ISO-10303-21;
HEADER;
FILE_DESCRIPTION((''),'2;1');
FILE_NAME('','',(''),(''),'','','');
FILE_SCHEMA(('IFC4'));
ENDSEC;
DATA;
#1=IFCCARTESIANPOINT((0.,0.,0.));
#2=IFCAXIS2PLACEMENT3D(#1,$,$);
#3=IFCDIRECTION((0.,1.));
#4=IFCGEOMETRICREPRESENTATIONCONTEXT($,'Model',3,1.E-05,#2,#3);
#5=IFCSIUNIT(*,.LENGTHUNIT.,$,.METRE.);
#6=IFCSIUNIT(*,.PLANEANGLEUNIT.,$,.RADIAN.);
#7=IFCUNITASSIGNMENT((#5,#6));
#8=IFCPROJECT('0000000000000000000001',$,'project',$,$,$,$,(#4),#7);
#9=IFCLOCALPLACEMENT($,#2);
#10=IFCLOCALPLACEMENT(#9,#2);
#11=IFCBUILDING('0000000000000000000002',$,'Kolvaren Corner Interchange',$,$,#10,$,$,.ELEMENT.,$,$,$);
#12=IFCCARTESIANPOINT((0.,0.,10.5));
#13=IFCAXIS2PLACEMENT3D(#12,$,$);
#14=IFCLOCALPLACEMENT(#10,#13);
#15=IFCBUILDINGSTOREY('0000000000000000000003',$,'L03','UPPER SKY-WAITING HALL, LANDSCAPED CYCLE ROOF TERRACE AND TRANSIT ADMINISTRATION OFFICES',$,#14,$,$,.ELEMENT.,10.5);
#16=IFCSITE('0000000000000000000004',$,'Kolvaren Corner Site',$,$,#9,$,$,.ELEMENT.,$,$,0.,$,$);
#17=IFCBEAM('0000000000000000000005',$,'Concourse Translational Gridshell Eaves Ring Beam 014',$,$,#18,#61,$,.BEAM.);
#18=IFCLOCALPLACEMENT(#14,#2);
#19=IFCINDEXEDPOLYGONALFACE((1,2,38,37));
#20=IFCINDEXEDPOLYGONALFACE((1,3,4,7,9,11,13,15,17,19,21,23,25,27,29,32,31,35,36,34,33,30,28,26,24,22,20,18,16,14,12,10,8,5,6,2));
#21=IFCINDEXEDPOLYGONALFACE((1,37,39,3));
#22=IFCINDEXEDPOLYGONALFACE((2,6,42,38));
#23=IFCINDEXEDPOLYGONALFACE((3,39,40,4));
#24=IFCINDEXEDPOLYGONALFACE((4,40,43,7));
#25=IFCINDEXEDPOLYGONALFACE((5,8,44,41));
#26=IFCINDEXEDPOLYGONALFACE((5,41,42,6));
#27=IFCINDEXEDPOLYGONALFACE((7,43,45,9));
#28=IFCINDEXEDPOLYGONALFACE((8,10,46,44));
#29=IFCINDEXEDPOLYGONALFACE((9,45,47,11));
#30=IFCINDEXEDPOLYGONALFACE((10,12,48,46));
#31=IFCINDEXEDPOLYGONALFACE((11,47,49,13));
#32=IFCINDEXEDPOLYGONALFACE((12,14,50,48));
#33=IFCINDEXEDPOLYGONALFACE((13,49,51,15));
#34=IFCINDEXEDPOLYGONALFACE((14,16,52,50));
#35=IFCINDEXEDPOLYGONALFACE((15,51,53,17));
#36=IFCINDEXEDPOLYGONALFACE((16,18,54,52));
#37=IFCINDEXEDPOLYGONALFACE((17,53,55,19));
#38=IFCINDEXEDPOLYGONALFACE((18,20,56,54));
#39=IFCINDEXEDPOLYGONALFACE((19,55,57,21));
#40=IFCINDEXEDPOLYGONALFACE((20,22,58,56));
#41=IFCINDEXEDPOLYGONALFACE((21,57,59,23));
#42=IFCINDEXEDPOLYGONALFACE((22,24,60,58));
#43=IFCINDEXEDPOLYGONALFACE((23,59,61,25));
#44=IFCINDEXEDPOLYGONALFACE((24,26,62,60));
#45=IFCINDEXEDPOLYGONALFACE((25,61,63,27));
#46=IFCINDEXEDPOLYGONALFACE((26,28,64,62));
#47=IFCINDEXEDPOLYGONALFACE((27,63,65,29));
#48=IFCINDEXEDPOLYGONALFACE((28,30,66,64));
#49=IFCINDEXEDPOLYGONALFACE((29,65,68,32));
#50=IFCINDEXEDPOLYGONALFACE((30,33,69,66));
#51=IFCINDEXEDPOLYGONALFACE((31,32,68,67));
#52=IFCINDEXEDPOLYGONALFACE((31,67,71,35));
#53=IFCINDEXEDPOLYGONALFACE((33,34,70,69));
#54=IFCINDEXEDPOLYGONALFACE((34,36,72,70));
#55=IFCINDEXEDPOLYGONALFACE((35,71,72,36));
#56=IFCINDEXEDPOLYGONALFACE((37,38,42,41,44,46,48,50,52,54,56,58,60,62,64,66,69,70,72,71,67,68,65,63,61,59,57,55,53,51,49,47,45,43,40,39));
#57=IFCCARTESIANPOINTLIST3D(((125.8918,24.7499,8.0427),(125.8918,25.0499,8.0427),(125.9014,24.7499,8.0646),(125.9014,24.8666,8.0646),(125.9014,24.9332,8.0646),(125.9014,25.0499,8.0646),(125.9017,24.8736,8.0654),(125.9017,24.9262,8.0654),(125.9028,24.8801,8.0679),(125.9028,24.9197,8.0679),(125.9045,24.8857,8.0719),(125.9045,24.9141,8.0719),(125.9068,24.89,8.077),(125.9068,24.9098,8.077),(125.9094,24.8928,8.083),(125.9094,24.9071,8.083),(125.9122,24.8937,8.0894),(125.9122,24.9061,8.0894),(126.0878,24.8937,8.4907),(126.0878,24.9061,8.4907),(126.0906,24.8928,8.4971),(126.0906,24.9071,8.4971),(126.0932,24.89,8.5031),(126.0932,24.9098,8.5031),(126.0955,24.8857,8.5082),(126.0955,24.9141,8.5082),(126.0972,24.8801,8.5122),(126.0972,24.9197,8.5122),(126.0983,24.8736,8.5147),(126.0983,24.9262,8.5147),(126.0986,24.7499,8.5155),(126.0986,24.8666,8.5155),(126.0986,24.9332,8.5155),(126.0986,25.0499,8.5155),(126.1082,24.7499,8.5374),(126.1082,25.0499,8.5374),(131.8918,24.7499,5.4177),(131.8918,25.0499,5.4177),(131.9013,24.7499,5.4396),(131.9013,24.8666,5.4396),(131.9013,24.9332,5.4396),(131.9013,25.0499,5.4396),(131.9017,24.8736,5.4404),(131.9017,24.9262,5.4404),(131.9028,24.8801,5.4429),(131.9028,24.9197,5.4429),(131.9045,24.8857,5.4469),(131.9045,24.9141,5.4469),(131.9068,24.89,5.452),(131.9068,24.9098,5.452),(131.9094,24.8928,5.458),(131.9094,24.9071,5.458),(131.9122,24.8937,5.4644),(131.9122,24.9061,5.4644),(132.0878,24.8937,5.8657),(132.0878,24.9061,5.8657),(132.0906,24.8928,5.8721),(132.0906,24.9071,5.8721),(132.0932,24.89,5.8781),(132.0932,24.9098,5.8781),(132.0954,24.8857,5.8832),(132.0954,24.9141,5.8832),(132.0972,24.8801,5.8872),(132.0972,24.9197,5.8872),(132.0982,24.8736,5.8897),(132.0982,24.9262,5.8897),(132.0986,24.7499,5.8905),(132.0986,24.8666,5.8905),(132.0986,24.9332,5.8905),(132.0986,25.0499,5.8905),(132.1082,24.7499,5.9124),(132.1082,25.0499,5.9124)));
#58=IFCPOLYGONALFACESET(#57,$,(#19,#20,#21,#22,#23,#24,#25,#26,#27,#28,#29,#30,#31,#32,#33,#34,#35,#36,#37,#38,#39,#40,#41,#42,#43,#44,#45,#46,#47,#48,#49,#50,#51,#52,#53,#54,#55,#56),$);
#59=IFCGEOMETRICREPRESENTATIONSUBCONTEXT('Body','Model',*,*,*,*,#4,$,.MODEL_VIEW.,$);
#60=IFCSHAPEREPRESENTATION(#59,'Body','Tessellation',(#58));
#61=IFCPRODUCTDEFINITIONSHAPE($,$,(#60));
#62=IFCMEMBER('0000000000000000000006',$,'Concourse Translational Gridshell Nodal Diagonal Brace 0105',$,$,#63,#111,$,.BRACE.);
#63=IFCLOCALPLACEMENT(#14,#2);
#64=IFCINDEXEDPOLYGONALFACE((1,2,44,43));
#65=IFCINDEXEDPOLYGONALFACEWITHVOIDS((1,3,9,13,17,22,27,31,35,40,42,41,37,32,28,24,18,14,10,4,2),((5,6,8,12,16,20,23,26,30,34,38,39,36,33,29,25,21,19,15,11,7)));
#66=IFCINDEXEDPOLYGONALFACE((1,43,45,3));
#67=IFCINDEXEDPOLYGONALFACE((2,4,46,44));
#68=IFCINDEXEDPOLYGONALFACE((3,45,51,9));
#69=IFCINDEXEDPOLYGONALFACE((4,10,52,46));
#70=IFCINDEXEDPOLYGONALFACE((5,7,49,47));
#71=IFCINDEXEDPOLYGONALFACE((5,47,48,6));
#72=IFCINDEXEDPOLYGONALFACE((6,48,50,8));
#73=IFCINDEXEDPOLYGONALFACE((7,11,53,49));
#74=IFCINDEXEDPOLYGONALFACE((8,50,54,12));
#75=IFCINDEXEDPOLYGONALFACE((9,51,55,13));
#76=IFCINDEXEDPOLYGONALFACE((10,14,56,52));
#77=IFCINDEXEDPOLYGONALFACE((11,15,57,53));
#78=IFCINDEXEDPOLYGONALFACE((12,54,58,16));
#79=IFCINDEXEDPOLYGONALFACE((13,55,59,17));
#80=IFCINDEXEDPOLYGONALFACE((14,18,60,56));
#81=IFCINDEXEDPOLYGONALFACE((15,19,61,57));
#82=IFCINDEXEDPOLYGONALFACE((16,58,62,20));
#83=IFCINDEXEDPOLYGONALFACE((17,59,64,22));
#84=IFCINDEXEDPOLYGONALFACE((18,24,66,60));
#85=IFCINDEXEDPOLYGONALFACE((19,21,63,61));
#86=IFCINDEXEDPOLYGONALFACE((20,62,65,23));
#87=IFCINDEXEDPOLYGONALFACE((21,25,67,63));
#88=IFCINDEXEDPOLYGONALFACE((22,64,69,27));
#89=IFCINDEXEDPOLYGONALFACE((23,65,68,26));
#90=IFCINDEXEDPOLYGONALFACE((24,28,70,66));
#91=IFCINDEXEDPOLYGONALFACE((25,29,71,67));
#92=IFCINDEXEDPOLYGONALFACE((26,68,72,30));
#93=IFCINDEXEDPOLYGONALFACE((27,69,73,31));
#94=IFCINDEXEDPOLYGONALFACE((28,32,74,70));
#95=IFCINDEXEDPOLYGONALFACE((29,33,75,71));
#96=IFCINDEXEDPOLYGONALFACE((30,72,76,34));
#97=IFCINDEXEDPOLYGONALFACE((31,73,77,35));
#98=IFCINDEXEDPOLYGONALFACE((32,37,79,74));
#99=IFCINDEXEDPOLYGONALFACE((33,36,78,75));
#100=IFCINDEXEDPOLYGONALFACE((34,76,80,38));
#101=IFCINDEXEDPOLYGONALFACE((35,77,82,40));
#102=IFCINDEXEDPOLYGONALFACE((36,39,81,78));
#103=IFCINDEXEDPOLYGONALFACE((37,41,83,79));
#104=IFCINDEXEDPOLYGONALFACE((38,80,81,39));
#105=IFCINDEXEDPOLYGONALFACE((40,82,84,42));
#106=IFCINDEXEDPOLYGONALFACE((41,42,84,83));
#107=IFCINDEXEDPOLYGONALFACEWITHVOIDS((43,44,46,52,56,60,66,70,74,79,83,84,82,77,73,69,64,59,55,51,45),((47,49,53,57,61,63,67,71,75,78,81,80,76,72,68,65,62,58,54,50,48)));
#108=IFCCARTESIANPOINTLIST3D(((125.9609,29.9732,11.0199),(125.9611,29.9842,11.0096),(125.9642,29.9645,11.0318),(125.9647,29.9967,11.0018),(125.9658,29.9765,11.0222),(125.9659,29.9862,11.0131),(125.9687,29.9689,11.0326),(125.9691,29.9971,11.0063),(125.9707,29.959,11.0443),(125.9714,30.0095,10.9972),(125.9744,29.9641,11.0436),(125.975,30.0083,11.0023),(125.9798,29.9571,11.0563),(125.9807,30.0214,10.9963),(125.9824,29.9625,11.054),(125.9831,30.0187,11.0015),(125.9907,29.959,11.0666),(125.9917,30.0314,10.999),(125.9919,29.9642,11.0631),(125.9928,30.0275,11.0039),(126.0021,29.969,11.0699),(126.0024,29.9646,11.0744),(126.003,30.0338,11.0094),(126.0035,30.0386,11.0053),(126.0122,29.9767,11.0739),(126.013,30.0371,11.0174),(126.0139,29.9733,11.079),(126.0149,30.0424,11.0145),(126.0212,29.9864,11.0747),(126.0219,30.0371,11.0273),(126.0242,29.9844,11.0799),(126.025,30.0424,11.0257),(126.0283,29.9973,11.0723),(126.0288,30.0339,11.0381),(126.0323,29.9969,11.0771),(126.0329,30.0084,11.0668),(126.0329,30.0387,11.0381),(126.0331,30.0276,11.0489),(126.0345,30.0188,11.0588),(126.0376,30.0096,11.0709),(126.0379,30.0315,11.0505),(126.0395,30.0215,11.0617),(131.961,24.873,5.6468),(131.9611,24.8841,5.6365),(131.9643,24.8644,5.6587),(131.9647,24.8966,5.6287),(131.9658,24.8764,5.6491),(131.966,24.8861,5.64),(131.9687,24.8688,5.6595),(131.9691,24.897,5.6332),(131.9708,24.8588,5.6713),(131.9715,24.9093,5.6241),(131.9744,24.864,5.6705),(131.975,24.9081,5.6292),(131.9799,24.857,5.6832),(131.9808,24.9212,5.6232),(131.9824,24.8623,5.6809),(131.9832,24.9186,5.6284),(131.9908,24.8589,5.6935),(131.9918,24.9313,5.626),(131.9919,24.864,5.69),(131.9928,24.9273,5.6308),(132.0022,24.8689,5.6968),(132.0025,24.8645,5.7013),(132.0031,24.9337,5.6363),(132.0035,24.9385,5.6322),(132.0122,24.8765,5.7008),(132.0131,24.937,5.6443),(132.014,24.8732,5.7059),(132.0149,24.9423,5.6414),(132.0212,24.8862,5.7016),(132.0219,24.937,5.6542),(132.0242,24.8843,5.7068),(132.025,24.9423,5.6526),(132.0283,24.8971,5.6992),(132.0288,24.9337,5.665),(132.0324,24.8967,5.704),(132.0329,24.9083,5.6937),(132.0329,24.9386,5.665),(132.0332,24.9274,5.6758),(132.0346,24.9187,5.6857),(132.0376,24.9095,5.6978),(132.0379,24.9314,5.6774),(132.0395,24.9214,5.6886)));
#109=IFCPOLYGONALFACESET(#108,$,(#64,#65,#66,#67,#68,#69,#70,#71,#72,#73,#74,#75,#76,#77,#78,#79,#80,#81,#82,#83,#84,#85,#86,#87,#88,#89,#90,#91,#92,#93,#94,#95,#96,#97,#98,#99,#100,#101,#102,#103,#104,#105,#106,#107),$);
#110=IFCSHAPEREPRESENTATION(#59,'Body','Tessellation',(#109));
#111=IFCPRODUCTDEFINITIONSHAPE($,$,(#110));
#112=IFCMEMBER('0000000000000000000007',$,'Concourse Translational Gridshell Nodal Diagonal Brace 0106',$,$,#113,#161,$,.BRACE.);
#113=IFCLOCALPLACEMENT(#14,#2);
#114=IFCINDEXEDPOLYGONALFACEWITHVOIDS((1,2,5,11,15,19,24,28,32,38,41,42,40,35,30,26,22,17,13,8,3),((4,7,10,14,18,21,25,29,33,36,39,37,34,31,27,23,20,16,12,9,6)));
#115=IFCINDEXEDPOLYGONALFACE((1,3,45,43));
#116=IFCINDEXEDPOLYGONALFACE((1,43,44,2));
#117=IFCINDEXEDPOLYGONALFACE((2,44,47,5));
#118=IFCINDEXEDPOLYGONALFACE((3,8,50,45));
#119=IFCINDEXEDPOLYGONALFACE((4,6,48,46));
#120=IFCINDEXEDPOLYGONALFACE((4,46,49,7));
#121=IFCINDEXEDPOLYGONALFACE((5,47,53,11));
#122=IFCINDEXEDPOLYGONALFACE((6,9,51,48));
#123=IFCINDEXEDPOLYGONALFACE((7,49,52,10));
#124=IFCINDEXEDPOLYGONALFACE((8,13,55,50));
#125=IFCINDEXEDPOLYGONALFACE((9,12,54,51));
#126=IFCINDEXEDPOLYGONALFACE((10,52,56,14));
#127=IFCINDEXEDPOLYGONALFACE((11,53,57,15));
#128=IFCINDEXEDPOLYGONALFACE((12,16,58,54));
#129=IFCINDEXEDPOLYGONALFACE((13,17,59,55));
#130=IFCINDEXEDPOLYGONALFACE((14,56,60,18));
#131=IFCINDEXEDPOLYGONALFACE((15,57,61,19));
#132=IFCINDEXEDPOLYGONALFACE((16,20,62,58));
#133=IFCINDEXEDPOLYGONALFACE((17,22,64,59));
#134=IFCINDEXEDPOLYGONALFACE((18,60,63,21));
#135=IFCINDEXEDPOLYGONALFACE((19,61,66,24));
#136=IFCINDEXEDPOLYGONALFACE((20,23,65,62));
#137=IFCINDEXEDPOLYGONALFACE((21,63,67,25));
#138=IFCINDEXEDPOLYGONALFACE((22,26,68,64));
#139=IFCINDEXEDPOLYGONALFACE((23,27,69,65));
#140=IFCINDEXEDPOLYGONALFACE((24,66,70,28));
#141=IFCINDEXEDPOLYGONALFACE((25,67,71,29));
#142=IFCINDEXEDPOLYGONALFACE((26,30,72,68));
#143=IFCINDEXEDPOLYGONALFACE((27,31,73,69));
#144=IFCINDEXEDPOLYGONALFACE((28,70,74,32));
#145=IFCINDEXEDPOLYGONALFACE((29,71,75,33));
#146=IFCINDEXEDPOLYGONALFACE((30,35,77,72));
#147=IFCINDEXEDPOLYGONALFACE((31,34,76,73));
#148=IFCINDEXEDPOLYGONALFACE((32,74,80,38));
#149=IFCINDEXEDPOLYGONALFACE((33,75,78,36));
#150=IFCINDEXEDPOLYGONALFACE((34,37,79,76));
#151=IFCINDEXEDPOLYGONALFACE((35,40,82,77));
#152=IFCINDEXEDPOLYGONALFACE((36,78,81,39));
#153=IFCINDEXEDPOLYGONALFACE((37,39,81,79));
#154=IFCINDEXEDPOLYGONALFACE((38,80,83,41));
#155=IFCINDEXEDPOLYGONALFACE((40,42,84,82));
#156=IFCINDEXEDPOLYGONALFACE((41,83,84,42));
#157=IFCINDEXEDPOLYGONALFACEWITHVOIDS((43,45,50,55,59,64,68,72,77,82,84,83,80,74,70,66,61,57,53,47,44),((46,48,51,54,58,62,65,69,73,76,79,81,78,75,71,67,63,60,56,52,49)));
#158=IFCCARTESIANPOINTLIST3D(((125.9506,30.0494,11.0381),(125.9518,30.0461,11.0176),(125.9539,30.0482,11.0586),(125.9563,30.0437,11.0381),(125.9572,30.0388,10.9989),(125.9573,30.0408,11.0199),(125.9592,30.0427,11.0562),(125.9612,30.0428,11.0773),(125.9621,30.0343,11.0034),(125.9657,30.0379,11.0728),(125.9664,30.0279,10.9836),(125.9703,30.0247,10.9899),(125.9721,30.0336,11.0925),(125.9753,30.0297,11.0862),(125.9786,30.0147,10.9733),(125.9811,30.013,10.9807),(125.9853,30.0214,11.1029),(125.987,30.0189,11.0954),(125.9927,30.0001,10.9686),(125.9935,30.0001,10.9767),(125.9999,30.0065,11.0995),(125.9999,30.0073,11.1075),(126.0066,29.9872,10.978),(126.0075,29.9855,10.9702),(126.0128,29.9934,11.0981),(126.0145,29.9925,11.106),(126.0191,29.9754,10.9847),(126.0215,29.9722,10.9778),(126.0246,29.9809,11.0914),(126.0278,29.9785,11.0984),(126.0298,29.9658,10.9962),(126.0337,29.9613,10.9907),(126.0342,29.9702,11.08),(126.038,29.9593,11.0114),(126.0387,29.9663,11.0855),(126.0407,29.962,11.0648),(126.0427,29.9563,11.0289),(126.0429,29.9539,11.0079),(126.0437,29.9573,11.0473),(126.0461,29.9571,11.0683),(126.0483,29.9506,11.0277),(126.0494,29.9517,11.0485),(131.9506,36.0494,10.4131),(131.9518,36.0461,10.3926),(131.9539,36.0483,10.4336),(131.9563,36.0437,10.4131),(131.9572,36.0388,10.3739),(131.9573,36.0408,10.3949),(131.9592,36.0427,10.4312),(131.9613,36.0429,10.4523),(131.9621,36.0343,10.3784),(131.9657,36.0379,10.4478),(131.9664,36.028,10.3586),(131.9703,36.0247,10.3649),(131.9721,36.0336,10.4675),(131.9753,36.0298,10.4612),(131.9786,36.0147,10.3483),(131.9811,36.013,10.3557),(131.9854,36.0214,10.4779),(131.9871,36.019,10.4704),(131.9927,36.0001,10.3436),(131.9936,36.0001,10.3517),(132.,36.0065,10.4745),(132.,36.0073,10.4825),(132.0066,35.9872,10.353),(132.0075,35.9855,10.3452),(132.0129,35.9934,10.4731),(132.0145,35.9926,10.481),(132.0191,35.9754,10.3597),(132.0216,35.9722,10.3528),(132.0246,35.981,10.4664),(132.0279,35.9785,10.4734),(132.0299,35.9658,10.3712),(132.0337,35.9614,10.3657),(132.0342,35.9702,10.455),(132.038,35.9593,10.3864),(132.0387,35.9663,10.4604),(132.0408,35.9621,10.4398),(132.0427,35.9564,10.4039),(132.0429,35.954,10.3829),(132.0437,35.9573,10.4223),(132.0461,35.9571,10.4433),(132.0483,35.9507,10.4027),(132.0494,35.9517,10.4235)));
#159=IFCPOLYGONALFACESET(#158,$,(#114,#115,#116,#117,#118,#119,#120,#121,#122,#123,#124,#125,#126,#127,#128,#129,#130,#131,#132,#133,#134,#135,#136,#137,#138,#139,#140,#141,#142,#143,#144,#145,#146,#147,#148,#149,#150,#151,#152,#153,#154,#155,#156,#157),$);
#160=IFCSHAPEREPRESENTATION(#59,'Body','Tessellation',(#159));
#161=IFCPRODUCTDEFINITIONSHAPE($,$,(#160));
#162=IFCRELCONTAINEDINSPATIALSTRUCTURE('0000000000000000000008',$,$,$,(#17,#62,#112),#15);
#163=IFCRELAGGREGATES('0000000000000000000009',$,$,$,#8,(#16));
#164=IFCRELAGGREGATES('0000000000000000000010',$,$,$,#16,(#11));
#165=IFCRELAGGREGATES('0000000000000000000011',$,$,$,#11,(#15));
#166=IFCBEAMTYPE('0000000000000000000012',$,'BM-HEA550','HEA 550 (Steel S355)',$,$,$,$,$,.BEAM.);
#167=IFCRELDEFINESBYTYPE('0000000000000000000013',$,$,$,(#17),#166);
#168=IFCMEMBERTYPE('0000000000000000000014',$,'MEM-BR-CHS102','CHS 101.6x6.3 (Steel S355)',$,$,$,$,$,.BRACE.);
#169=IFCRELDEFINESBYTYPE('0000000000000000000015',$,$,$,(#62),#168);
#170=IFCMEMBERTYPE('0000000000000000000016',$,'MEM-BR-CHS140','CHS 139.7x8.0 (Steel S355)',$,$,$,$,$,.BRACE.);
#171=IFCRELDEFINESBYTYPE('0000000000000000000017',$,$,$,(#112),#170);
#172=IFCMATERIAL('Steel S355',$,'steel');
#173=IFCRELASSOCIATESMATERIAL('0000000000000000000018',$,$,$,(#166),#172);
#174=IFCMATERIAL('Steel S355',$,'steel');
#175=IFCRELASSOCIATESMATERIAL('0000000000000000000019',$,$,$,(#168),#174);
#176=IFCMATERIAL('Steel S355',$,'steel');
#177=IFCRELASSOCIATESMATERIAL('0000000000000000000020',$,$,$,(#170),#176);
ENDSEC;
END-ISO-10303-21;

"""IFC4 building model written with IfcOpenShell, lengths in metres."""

from ifc_helpers import new_model, si_unit, direction, frame, origin, origin_2d, place, context, subcontext, project, spatial, hollow_circle, i_section, extrude, material, material_profile, profile_set, type_object, element, save


model = new_model("IFC4")

# Units and contexts
model_context = context("Model", 3, precision=1e-05, world=origin(), true_north=direction((0.0, 1.0)))
body_context = subcontext(model_context, "Body", "Model", "MODEL_VIEW")
ifc_project = project(units=[si_unit("LENGTHUNIT", "METRE"), si_unit("PLANEANGLEUNIT", "RADIAN")], contexts=[model_context])

# Site, building, storey
site_placement = place(None, origin())
site = spatial("IfcSite", under=ifc_project, at=site_placement, Name="Kolvaren Corner Site", CompositionType="ELEMENT", RefElevation=0.0)
building_placement = place(site_placement, origin())
building = spatial("IfcBuilding", under=site, at=building_placement, Name="Kolvaren Corner Interchange", CompositionType="ELEMENT")
storey_placement = place(building_placement, frame((0.0, 0.0, 10.5)))
storey = spatial("IfcBuildingStorey", under=building, at=storey_placement, Name="L03", Description="UPPER SKY-WAITING HALL, LANDSCAPED CYCLE ROOF TERRACE AND TRANSIT ADMINISTRATION OFFICES", CompositionType="ELEMENT", Elevation=10.5)

# Beam
ifc_material_1 = material(Name="Steel S355", Category="steel")
ifc_material_profile_1 = material_profile(ifc_material_1, i_section(OverallWidth=0.3, OverallDepth=0.54, WebThickness=0.0125, FlangeThickness=0.0239, FilletRadius=0.0271, at=origin_2d()), Name="HEA 550")
ifc_profile_set_1 = profile_set([ifc_material_profile_1], Name="Steel S355")
beam_type_1 = type_object("IfcBeamType", Name="BM-HEA550", Description="HEA 550 (Steel S355)", PredefinedType="BEAM", material=ifc_profile_set_1)
beam_1_placement = place(storey_placement, frame((126.0, 24.8999, 8.29), z_axis=(0.916157, 0.0, -0.400819), x_axis=(0.0, 1.0, 0.0)))
element("IfcBeam", 1, at=beam_1_placement, inside=storey, type_object=beam_type_1, Name="Concourse Translational Gridshell Eaves Ring Beam 014", PredefinedType="BEAM", context=body_context, shape_type="SweptSolid", body=[
    extrude(i_section(OverallWidth=0.3, OverallDepth=0.54, WebThickness=0.0125, FlangeThickness=0.0239, FilletRadius=0.0271, at=origin_2d()), origin(), (0.0, 0.0, 1.0), 6.5491),
])

# Members
ifc_material_2 = material(Name="Steel S355", Category="steel")
ifc_material_profile_2 = material_profile(ifc_material_2, hollow_circle(Radius=0.0508, WallThickness=0.0063, at=origin_2d()), Name="CHS 101.6x6.3")
ifc_profile_set_2 = profile_set([ifc_material_profile_2], Name="Steel S355")
member_type_1 = type_object("IfcMemberType", Name="MEM-BR-CHS102", Description="CHS 101.6x6.3 (Steel S355)", PredefinedType="BRACE", material=ifc_profile_set_2)
member_1_placement = place(storey_placement, frame((126.0, 30.0, 11.0381), z_axis=(0.629384, -0.534987, -0.563618), x_axis=(0.647656, 0.761933, 0.0)))
element("IfcMember", 2, at=member_1_placement, inside=storey, type_object=member_type_1, Name="Concourse Translational Gridshell Nodal Diagonal Brace 0105", PredefinedType="BRACE", context=body_context, shape_type="SweptSolid", body=[
    extrude(hollow_circle(Radius=0.0508, WallThickness=0.0063, at=origin_2d()), origin(), (0.0, 0.0, 1.0), 9.5332),
])
ifc_material_3 = material(Name="Steel S355", Category="steel")
ifc_material_profile_3 = material_profile(ifc_material_3, hollow_circle(Radius=0.0698, WallThickness=0.0081, at=origin_2d()), Name="CHS 139.7x8.0")
ifc_profile_set_3 = profile_set([ifc_material_profile_3], Name="Steel S355")
member_type_2 = type_object("IfcMemberType", Name="MEM-BR-CHS140", Description="CHS 139.7x8.0 (Steel S355)", PredefinedType="BRACE", material=ifc_profile_set_3)
member_2_placement = place(storey_placement, frame((126.0, 30.0, 11.0381), z_axis=(0.705196, 0.705196, -0.073458), x_axis=(-0.707107, 0.707107, 0.0)))
element("IfcMember", 3, at=member_2_placement, inside=storey, type_object=member_type_2, Name="Concourse Translational Gridshell Nodal Diagonal Brace 0106", PredefinedType="BRACE", context=body_context, shape_type="SweptSolid", body=[
    extrude(hollow_circle(Radius=0.0698, WallThickness=0.0081, at=origin_2d()), origin(), (0.0, 0.0, 1.0), 8.5083),
])

save(model, "model.ifc")
